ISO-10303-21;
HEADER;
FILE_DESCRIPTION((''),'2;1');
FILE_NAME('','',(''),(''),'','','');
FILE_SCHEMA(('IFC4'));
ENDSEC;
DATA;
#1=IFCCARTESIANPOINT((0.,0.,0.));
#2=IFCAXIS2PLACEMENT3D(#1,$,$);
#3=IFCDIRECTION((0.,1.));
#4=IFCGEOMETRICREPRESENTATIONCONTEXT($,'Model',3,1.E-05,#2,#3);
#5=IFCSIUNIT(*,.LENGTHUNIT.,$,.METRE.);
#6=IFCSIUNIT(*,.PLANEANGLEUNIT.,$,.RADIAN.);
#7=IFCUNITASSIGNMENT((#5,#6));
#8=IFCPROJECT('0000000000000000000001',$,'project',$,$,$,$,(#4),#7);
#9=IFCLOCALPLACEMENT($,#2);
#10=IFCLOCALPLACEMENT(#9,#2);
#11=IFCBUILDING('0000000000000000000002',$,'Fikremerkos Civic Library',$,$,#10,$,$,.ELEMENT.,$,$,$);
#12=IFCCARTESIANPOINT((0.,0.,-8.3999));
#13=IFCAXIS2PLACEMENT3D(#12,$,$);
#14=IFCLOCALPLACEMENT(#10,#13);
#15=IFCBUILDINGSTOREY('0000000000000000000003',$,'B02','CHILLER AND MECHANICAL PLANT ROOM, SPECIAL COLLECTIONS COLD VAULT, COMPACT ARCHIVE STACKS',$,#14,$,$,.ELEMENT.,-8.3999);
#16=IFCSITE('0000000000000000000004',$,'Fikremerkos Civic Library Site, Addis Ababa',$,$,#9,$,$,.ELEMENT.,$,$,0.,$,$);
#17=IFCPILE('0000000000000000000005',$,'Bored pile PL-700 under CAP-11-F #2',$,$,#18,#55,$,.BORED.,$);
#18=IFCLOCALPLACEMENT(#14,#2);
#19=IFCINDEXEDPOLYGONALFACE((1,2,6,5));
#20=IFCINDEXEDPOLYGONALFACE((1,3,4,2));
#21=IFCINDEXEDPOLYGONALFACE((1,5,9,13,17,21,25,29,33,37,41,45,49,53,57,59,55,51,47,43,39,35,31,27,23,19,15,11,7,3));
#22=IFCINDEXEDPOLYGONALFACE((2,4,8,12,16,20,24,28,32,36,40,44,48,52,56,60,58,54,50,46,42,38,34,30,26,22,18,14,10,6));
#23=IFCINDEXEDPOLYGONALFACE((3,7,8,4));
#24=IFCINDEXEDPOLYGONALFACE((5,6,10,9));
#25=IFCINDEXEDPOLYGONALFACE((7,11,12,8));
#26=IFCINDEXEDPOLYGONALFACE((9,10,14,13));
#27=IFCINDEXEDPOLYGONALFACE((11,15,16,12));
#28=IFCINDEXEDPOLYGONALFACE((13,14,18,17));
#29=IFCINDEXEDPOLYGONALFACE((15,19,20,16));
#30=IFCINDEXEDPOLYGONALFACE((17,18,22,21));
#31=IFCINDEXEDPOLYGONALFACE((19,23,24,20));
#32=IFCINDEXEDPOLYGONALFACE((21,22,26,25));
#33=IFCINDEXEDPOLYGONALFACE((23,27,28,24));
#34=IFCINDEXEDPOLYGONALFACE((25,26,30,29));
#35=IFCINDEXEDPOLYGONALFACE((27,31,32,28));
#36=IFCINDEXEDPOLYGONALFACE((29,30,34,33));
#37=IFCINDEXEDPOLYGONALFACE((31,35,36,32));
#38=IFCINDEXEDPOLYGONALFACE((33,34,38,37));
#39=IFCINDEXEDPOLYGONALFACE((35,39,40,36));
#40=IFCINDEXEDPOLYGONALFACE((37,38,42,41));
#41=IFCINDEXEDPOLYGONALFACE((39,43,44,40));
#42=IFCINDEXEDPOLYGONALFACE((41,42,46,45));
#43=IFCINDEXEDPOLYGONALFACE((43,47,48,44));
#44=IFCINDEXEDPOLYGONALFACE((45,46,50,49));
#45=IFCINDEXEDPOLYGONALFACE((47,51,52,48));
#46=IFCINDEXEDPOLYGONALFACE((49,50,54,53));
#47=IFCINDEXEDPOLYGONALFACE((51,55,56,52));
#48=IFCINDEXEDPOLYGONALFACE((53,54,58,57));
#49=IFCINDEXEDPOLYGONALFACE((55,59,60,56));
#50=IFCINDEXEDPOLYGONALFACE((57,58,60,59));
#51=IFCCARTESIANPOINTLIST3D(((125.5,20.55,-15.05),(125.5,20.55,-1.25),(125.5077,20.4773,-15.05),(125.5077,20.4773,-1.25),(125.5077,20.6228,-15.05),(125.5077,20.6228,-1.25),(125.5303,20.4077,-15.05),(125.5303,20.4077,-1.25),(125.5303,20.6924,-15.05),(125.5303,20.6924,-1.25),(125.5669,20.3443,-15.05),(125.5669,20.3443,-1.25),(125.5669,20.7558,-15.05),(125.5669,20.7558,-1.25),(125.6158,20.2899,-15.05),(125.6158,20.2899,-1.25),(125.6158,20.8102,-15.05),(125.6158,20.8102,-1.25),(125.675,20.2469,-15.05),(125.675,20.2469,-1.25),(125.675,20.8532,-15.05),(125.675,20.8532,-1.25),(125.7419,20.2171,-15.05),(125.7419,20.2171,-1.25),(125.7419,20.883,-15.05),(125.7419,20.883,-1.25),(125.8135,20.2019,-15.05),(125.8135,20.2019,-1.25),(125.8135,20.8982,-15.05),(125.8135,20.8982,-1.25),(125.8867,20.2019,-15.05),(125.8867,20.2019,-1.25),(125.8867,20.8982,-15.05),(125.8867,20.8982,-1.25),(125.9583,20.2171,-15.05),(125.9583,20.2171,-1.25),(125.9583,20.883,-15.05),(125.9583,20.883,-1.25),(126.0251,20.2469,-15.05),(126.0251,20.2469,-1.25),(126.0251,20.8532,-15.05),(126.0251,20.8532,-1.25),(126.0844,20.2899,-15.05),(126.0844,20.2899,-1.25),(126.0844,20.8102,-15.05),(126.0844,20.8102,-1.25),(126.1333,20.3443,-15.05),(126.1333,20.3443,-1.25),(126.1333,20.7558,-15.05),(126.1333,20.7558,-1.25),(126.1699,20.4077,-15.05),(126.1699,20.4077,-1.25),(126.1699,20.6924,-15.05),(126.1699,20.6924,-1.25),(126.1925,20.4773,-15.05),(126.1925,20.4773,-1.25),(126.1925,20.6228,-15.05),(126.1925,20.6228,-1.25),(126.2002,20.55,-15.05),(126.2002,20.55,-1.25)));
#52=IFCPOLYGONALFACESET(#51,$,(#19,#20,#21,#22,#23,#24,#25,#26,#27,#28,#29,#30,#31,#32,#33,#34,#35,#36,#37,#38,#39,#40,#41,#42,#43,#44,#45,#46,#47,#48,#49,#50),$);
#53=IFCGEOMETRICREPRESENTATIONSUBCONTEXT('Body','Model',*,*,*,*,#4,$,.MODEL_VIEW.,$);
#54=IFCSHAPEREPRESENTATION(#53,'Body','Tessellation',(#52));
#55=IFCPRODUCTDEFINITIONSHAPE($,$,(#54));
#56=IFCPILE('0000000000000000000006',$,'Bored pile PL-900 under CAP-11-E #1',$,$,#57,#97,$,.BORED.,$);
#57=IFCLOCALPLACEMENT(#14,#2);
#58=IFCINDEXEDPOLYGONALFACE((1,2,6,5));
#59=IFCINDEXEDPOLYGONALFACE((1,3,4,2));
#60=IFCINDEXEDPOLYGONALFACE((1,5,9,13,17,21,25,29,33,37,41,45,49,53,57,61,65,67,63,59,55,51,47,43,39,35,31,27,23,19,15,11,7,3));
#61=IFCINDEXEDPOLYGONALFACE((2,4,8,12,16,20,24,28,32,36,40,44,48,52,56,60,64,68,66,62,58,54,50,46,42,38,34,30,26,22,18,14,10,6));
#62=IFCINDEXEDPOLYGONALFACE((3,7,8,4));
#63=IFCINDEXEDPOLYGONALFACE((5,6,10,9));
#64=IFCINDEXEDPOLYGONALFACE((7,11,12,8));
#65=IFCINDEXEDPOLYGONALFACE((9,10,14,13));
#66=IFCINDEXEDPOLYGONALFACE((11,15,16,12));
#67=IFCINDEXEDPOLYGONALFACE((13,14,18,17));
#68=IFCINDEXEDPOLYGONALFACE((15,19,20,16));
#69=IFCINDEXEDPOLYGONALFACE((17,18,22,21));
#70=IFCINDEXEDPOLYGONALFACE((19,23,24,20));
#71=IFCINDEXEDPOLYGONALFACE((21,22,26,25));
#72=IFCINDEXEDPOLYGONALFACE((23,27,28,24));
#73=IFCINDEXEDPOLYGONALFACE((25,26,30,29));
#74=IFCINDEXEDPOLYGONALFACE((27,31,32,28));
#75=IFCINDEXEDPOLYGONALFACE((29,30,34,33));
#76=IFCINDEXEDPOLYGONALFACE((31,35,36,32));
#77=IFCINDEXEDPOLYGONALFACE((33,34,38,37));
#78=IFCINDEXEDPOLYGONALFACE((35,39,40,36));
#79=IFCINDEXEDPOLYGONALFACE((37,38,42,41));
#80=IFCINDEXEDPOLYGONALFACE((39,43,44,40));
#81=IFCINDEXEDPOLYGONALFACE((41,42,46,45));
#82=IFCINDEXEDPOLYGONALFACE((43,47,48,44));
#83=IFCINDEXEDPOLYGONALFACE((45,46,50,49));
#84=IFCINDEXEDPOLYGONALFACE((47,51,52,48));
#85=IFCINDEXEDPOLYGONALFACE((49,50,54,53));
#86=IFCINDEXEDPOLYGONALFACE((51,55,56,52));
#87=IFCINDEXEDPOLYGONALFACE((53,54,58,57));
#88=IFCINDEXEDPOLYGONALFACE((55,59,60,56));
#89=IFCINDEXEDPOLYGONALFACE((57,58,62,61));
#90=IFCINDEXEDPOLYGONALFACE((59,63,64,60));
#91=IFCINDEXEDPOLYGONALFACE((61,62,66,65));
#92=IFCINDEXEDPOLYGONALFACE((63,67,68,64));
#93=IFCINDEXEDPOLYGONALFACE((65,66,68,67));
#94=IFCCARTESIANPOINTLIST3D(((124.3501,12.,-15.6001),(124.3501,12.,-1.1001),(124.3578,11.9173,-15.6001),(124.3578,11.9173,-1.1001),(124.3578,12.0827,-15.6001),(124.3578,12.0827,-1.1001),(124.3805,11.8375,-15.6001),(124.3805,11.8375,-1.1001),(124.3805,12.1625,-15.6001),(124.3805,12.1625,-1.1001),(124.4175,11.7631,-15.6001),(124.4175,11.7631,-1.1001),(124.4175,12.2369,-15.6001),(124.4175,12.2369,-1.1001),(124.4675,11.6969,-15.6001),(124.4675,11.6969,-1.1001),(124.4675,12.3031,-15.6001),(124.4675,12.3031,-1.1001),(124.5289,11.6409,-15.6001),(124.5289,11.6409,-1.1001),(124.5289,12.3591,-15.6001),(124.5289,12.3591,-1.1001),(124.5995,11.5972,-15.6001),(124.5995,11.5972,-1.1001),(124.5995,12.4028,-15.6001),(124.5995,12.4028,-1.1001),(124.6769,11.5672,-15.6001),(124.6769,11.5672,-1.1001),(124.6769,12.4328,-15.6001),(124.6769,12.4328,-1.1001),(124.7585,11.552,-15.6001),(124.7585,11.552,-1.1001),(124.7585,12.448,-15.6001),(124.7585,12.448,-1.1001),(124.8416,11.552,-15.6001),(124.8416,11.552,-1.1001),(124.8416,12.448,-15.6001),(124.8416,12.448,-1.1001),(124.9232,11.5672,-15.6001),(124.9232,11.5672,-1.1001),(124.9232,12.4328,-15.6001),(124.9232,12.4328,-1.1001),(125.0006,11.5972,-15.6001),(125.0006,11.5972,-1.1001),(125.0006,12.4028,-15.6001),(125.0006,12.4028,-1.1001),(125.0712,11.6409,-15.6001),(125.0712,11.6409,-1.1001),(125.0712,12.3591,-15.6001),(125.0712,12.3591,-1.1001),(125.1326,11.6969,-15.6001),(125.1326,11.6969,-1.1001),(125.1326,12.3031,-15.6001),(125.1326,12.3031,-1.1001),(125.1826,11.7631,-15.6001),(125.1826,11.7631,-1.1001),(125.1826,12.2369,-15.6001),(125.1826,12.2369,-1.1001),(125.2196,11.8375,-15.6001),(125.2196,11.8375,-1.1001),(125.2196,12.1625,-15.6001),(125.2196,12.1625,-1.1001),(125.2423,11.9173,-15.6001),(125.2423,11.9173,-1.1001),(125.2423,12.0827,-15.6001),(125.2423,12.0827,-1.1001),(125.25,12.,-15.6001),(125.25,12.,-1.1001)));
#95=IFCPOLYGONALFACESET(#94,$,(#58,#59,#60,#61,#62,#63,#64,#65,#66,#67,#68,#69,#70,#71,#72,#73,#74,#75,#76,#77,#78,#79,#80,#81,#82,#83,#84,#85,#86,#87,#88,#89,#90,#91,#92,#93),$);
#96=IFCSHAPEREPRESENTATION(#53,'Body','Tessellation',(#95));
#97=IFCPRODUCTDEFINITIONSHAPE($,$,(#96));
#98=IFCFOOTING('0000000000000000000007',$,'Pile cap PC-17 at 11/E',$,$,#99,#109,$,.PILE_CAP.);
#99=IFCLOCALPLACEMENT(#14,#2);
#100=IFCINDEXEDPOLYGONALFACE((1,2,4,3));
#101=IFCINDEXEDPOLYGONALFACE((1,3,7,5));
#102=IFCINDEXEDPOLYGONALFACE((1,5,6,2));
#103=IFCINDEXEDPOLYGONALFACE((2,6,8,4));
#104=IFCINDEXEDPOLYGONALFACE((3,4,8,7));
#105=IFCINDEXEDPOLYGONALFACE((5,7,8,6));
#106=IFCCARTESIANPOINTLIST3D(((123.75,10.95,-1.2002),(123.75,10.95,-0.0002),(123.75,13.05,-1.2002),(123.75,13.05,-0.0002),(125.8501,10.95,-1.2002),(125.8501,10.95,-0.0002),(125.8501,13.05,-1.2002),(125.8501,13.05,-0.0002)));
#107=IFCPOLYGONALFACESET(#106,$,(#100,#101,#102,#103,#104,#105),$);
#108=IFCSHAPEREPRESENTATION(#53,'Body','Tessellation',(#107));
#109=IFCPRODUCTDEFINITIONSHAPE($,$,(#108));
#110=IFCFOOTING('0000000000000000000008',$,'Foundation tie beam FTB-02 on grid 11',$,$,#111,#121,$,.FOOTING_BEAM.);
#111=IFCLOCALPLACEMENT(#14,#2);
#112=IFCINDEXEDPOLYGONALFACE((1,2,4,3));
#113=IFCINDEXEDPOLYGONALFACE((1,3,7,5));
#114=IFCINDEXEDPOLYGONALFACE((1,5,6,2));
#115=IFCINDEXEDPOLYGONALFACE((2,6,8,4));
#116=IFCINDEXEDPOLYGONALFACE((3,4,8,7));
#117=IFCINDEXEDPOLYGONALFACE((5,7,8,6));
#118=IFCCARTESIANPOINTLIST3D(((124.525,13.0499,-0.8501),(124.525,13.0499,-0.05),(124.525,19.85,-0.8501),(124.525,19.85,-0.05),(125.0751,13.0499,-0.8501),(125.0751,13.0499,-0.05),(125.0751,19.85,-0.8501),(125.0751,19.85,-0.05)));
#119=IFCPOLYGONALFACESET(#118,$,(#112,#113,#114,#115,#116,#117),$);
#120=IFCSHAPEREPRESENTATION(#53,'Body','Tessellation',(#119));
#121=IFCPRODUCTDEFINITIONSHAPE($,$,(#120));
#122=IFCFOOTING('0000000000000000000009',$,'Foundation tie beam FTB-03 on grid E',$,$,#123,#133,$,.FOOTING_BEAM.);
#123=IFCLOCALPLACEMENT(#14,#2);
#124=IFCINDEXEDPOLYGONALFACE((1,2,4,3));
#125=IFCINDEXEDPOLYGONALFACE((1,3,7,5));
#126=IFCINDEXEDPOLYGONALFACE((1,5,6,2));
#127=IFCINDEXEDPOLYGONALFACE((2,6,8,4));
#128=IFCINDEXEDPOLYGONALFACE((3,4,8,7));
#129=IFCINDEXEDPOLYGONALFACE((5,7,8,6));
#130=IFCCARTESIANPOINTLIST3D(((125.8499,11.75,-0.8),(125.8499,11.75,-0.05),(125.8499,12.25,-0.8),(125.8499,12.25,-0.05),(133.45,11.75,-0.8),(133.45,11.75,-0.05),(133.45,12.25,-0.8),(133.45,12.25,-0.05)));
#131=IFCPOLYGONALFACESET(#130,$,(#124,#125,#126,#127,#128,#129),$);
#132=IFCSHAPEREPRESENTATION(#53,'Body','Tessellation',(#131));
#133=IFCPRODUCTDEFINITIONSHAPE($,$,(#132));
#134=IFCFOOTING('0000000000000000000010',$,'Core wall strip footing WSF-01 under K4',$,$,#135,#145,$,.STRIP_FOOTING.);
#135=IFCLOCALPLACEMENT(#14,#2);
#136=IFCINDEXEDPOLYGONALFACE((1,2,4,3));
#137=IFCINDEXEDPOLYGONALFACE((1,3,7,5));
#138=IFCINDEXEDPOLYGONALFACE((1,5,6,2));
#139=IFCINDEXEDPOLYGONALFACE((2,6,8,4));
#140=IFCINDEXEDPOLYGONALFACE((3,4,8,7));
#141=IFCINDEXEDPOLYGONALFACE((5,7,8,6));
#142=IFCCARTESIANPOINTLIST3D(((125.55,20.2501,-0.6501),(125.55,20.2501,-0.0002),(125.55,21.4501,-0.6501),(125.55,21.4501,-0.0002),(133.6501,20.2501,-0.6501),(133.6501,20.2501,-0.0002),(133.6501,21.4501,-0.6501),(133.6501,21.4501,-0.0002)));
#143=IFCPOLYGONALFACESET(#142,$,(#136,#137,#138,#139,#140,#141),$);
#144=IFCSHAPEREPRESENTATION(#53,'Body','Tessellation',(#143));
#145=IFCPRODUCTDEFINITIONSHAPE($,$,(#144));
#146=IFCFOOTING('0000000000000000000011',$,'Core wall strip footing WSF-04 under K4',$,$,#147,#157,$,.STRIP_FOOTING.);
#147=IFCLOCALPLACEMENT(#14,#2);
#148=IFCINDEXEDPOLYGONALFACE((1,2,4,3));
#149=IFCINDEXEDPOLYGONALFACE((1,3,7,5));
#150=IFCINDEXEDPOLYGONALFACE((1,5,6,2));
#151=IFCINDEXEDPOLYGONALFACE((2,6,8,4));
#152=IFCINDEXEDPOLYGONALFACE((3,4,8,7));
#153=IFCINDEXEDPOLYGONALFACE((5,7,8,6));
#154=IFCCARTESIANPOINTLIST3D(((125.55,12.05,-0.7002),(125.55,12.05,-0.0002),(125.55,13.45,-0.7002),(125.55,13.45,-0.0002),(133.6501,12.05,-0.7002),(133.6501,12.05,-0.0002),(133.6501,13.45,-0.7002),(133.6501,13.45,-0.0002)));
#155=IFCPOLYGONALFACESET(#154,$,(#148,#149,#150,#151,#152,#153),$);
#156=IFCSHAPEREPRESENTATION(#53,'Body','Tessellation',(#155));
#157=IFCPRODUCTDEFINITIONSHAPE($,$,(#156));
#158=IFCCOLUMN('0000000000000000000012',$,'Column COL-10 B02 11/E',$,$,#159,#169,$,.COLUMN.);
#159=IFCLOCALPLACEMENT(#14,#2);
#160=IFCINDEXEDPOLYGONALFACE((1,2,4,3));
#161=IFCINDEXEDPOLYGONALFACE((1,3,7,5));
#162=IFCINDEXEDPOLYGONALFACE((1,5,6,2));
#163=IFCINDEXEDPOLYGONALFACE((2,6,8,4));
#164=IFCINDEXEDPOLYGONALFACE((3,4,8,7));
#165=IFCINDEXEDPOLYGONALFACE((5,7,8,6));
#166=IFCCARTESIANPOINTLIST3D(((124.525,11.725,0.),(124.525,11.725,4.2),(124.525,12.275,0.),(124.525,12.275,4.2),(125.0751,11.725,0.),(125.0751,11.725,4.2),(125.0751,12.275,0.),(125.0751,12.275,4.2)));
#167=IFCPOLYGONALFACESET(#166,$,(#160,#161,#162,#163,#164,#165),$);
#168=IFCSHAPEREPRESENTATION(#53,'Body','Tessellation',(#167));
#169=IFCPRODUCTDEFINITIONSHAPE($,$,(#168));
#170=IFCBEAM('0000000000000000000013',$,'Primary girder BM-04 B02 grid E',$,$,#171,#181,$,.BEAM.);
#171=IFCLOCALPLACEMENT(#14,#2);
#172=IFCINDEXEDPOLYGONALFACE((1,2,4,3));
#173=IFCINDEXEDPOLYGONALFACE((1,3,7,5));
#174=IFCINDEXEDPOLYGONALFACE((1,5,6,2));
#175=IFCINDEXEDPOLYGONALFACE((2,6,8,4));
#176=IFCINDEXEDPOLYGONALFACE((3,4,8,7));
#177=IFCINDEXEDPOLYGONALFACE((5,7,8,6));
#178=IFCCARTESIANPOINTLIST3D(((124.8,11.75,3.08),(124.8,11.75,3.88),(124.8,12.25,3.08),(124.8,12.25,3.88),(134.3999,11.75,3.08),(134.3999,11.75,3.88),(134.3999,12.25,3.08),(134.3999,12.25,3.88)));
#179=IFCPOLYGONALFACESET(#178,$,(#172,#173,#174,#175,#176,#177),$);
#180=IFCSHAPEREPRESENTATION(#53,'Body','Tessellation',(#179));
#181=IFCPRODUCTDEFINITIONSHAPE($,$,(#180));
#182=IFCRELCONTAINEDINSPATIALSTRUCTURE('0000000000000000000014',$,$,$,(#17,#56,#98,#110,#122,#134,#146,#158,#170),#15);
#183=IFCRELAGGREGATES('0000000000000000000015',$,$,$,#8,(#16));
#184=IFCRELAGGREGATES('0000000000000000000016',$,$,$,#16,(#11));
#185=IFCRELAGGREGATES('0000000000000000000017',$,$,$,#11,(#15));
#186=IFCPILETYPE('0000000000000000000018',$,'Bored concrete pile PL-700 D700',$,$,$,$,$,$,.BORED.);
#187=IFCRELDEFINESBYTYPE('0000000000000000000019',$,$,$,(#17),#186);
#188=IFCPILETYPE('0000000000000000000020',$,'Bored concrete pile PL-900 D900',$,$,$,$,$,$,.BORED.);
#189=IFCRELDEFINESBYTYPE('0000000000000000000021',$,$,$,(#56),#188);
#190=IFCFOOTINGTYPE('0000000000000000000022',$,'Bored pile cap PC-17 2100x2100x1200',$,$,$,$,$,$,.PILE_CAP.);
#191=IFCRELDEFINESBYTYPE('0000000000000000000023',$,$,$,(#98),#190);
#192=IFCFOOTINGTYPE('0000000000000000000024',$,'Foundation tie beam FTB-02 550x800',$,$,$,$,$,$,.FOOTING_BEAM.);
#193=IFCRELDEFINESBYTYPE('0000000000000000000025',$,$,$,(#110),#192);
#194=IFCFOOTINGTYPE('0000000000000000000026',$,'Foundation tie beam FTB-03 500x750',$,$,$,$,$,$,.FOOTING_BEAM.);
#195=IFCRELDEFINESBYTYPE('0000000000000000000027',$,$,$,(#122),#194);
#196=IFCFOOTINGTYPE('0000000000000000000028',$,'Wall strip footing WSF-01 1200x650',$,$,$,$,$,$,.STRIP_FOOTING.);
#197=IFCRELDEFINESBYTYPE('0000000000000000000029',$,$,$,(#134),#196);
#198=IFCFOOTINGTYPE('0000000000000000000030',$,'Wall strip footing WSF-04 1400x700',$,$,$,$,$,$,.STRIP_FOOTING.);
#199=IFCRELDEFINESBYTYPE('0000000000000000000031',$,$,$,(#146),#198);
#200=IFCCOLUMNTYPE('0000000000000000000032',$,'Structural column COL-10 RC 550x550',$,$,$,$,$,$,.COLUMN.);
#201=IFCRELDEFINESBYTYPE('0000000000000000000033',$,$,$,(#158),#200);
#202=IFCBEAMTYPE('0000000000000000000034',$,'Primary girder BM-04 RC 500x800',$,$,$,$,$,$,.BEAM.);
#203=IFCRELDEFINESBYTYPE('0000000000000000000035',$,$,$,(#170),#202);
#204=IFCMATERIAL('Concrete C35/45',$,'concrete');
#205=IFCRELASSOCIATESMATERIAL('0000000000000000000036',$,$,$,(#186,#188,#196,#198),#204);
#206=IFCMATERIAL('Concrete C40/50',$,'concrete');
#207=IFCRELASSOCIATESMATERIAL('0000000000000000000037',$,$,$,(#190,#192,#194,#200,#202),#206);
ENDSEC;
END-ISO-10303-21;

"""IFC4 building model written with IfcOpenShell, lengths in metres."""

from ifc_helpers import new_model, si_unit, direction, frame, origin, origin_2d, place, context, subcontext, project, spatial, rectangle, circle, extrude, material, material_profile, profile_set, type_object, element, save


model = new_model("IFC4")

# Units and contexts
model_context = context("Model", 3, precision=1e-05, world=origin(), true_north=direction((0.0, 1.0)))
body_context = subcontext(model_context, "Body", "Model", "MODEL_VIEW")
ifc_project = project(units=[si_unit("LENGTHUNIT", "METRE"), si_unit("PLANEANGLEUNIT", "RADIAN")], contexts=[model_context])

# Site, building, storey
site_placement = place(None, origin())
site = spatial("IfcSite", under=ifc_project, at=site_placement, Name="Fikremerkos Civic Library Site, Addis Ababa", CompositionType="ELEMENT", RefElevation=0.0)
building_placement = place(site_placement, origin())
building = spatial("IfcBuilding", under=site, at=building_placement, Name="Fikremerkos Civic Library", CompositionType="ELEMENT")
storey_placement = place(building_placement, frame((0.0, 0.0, -8.3999)))
storey = spatial("IfcBuildingStorey", under=building, at=storey_placement, Name="B02", Description="CHILLER AND MECHANICAL PLANT ROOM, SPECIAL COLLECTIONS COLD VAULT, COMPACT ARCHIVE STACKS", CompositionType="ELEMENT", Elevation=-8.3999)

# Piles
ifc_material_1 = material(Name="Concrete C35/45", Category="concrete")
ifc_material_profile_1 = material_profile(ifc_material_1, circle(Radius=0.3501, at=origin_2d()), Name="BORED PILE 700")
ifc_profile_set_1 = profile_set([ifc_material_profile_1], Name="Concrete C35/45")
pile_type_1 = type_object("IfcPileType", Name="Bored concrete pile PL-700 D700", PredefinedType="BORED", material=ifc_profile_set_1)
pile_1_placement = place(storey_placement, frame((125.8501, 20.55, -1.25), z_axis=(0.0, 0.0, -1.0), x_axis=(1.0, 0.0, 0.0)))
element("IfcPile", 1, at=pile_1_placement, inside=storey, type_object=pile_type_1, Name="Bored pile PL-700 under CAP-11-F #2", PredefinedType="BORED", context=body_context, shape_type="SweptSolid", body=[
    extrude(circle(Radius=0.3501, at=origin_2d()), origin(), (0.0, 0.0, 1.0), 13.8),
])
ifc_material_profile_2 = material_profile(ifc_material_1, circle(Radius=0.45, at=origin_2d()), Name="BORED PILE 900")
ifc_profile_set_2 = profile_set([ifc_material_profile_2], Name="Concrete C35/45")
pile_type_2 = type_object("IfcPileType", Name="Bored concrete pile PL-900 D900", PredefinedType="BORED", material=ifc_profile_set_2)
pile_2_placement = place(storey_placement, frame((124.8, 12.0, -1.1001), z_axis=(0.0, 0.0, -1.0), x_axis=(1.0, 0.0, 0.0)))
element("IfcPile", 2, at=pile_2_placement, inside=storey, type_object=pile_type_2, Name="Bored pile PL-900 under CAP-11-E #1", PredefinedType="BORED", context=body_context, shape_type="SweptSolid", body=[
    extrude(circle(Radius=0.45, at=origin_2d()), origin(), (0.0, 0.0, 1.0), 14.5),
])

# Footings
ifc_material_2 = material(Name="Concrete C40/50", Category="concrete")
footing_type_1 = type_object("IfcFootingType", Name="Bored pile cap PC-17 2100x2100x1200", PredefinedType="PILE_CAP", material=ifc_material_2)
footing_1_placement = place(storey_placement, frame((124.8, 12.0, -1.2002), z_axis=(0.0, 0.0, 1.0), x_axis=(1.0, 0.0, 0.0)))
element("IfcFooting", 3, at=footing_1_placement, inside=storey, type_object=footing_type_1, Name="Pile cap PC-17 at 11/E", PredefinedType="PILE_CAP", context=body_context, shape_type="SweptSolid", body=[
    extrude(rectangle(XDim=2.1001, YDim=2.1001, at=origin_2d()), origin(), (0.0, 0.0, 1.0), 1.2),
])
footing_type_2 = type_object("IfcFootingType", Name="Foundation tie beam FTB-02 550x800", PredefinedType="FOOTING_BEAM", material=ifc_material_2)
footing_2_placement = place(storey_placement, frame((124.8, 16.45, -0.8501), z_axis=(0.0, 0.0, 1.0), x_axis=(0.0, 1.0, 0.0)))
element("IfcFooting", 4, at=footing_2_placement, inside=storey, type_object=footing_type_2, Name="Foundation tie beam FTB-02 on grid 11", PredefinedType="FOOTING_BEAM", context=body_context, shape_type="SweptSolid", body=[
    extrude(rectangle(XDim=6.8, YDim=0.55, at=origin_2d()), origin(), (0.0, 0.0, 1.0), 0.8),
])
footing_type_3 = type_object("IfcFootingType", Name="Foundation tie beam FTB-03 500x750", PredefinedType="FOOTING_BEAM", material=ifc_material_2)
footing_3_placement = place(storey_placement, frame((129.6499, 12.0, -0.8), z_axis=(0.0, 0.0, 1.0), x_axis=(1.0, 0.0, 0.0)))
element("IfcFooting", 5, at=footing_3_placement, inside=storey, type_object=footing_type_3, Name="Foundation tie beam FTB-03 on grid E", PredefinedType="FOOTING_BEAM", context=body_context, shape_type="SweptSolid", body=[
    extrude(rectangle(XDim=7.6001, YDim=0.5, at=origin_2d()), origin(), (0.0, 0.0, 1.0), 0.75),
])
footing_type_4 = type_object("IfcFootingType", Name="Wall strip footing WSF-01 1200x650", PredefinedType="STRIP_FOOTING", material=ifc_material_1)
footing_4_placement = place(storey_placement, frame((129.6001, 20.8501, -0.6501), z_axis=(0.0, 0.0, 1.0), x_axis=(1.0, 0.0, 0.0)))
element("IfcFooting", 6, at=footing_4_placement, inside=storey, type_object=footing_type_4, Name="Core wall strip footing WSF-01 under K4", PredefinedType="STRIP_FOOTING", context=body_context, shape_type="SweptSolid", body=[
    extrude(rectangle(XDim=8.1001, YDim=1.2, at=origin_2d()), origin(), (0.0, 0.0, 1.0), 0.6499),
])
footing_type_5 = type_object("IfcFootingType", Name="Wall strip footing WSF-04 1400x700", PredefinedType="STRIP_FOOTING", material=ifc_material_1)
footing_5_placement = place(storey_placement, frame((129.6001, 12.75, -0.7002), z_axis=(0.0, 0.0, 1.0), x_axis=(1.0, 0.0, 0.0)))
element("IfcFooting", 7, at=footing_5_placement, inside=storey, type_object=footing_type_5, Name="Core wall strip footing WSF-04 under K4", PredefinedType="STRIP_FOOTING", context=body_context, shape_type="SweptSolid", body=[
    extrude(rectangle(XDim=8.1001, YDim=1.3999, at=origin_2d()), origin(), (0.0, 0.0, 1.0), 0.7),
])

# Column
ifc_material_profile_3 = material_profile(ifc_material_2, rectangle(XDim=0.55, YDim=0.55, at=origin_2d()), Name="RC 550x550")
ifc_profile_set_3 = profile_set([ifc_material_profile_3], Name="Concrete C40/50")
column_type = type_object("IfcColumnType", Name="Structural column COL-10 RC 550x550", PredefinedType="COLUMN", material=ifc_profile_set_3)
column_placement = place(storey_placement, frame((124.8, 12.0, 0.0), z_axis=(0.0, 0.0, 1.0), x_axis=(1.0, 0.0, 0.0)))
element("IfcColumn", 8, at=column_placement, inside=storey, type_object=column_type, Name="Column COL-10 B02 11/E", PredefinedType="COLUMN", context=body_context, shape_type="SweptSolid", body=[
    extrude(rectangle(XDim=0.55, YDim=0.55, at=origin_2d()), origin(), (0.0, 0.0, 1.0), 4.2),
])

# Beam
ifc_material_profile_4 = material_profile(ifc_material_2, rectangle(XDim=0.5, YDim=0.8, at=origin_2d()), Name="RC 500x800")
ifc_profile_set_4 = profile_set([ifc_material_profile_4], Name="Concrete C40/50")
beam_type_1 = type_object("IfcBeamType", Name="Primary girder BM-04 RC 500x800", PredefinedType="BEAM", material=ifc_profile_set_4)
beam_1_placement = place(storey_placement, frame((124.8, 12.0, 3.48), z_axis=(1.0, 0.0, 0.0), x_axis=(0.0, 1.0, 0.0)))
element("IfcBeam", 9, at=beam_1_placement, inside=storey, type_object=beam_type_1, Name="Primary girder BM-04 B02 grid E", PredefinedType="BEAM", context=body_context, shape_type="SweptSolid", body=[
    extrude(rectangle(XDim=0.5, YDim=0.8, at=origin_2d()), origin(), (0.0, 0.0, 1.0), 9.5999),
])

save(model, "model.ifc")
